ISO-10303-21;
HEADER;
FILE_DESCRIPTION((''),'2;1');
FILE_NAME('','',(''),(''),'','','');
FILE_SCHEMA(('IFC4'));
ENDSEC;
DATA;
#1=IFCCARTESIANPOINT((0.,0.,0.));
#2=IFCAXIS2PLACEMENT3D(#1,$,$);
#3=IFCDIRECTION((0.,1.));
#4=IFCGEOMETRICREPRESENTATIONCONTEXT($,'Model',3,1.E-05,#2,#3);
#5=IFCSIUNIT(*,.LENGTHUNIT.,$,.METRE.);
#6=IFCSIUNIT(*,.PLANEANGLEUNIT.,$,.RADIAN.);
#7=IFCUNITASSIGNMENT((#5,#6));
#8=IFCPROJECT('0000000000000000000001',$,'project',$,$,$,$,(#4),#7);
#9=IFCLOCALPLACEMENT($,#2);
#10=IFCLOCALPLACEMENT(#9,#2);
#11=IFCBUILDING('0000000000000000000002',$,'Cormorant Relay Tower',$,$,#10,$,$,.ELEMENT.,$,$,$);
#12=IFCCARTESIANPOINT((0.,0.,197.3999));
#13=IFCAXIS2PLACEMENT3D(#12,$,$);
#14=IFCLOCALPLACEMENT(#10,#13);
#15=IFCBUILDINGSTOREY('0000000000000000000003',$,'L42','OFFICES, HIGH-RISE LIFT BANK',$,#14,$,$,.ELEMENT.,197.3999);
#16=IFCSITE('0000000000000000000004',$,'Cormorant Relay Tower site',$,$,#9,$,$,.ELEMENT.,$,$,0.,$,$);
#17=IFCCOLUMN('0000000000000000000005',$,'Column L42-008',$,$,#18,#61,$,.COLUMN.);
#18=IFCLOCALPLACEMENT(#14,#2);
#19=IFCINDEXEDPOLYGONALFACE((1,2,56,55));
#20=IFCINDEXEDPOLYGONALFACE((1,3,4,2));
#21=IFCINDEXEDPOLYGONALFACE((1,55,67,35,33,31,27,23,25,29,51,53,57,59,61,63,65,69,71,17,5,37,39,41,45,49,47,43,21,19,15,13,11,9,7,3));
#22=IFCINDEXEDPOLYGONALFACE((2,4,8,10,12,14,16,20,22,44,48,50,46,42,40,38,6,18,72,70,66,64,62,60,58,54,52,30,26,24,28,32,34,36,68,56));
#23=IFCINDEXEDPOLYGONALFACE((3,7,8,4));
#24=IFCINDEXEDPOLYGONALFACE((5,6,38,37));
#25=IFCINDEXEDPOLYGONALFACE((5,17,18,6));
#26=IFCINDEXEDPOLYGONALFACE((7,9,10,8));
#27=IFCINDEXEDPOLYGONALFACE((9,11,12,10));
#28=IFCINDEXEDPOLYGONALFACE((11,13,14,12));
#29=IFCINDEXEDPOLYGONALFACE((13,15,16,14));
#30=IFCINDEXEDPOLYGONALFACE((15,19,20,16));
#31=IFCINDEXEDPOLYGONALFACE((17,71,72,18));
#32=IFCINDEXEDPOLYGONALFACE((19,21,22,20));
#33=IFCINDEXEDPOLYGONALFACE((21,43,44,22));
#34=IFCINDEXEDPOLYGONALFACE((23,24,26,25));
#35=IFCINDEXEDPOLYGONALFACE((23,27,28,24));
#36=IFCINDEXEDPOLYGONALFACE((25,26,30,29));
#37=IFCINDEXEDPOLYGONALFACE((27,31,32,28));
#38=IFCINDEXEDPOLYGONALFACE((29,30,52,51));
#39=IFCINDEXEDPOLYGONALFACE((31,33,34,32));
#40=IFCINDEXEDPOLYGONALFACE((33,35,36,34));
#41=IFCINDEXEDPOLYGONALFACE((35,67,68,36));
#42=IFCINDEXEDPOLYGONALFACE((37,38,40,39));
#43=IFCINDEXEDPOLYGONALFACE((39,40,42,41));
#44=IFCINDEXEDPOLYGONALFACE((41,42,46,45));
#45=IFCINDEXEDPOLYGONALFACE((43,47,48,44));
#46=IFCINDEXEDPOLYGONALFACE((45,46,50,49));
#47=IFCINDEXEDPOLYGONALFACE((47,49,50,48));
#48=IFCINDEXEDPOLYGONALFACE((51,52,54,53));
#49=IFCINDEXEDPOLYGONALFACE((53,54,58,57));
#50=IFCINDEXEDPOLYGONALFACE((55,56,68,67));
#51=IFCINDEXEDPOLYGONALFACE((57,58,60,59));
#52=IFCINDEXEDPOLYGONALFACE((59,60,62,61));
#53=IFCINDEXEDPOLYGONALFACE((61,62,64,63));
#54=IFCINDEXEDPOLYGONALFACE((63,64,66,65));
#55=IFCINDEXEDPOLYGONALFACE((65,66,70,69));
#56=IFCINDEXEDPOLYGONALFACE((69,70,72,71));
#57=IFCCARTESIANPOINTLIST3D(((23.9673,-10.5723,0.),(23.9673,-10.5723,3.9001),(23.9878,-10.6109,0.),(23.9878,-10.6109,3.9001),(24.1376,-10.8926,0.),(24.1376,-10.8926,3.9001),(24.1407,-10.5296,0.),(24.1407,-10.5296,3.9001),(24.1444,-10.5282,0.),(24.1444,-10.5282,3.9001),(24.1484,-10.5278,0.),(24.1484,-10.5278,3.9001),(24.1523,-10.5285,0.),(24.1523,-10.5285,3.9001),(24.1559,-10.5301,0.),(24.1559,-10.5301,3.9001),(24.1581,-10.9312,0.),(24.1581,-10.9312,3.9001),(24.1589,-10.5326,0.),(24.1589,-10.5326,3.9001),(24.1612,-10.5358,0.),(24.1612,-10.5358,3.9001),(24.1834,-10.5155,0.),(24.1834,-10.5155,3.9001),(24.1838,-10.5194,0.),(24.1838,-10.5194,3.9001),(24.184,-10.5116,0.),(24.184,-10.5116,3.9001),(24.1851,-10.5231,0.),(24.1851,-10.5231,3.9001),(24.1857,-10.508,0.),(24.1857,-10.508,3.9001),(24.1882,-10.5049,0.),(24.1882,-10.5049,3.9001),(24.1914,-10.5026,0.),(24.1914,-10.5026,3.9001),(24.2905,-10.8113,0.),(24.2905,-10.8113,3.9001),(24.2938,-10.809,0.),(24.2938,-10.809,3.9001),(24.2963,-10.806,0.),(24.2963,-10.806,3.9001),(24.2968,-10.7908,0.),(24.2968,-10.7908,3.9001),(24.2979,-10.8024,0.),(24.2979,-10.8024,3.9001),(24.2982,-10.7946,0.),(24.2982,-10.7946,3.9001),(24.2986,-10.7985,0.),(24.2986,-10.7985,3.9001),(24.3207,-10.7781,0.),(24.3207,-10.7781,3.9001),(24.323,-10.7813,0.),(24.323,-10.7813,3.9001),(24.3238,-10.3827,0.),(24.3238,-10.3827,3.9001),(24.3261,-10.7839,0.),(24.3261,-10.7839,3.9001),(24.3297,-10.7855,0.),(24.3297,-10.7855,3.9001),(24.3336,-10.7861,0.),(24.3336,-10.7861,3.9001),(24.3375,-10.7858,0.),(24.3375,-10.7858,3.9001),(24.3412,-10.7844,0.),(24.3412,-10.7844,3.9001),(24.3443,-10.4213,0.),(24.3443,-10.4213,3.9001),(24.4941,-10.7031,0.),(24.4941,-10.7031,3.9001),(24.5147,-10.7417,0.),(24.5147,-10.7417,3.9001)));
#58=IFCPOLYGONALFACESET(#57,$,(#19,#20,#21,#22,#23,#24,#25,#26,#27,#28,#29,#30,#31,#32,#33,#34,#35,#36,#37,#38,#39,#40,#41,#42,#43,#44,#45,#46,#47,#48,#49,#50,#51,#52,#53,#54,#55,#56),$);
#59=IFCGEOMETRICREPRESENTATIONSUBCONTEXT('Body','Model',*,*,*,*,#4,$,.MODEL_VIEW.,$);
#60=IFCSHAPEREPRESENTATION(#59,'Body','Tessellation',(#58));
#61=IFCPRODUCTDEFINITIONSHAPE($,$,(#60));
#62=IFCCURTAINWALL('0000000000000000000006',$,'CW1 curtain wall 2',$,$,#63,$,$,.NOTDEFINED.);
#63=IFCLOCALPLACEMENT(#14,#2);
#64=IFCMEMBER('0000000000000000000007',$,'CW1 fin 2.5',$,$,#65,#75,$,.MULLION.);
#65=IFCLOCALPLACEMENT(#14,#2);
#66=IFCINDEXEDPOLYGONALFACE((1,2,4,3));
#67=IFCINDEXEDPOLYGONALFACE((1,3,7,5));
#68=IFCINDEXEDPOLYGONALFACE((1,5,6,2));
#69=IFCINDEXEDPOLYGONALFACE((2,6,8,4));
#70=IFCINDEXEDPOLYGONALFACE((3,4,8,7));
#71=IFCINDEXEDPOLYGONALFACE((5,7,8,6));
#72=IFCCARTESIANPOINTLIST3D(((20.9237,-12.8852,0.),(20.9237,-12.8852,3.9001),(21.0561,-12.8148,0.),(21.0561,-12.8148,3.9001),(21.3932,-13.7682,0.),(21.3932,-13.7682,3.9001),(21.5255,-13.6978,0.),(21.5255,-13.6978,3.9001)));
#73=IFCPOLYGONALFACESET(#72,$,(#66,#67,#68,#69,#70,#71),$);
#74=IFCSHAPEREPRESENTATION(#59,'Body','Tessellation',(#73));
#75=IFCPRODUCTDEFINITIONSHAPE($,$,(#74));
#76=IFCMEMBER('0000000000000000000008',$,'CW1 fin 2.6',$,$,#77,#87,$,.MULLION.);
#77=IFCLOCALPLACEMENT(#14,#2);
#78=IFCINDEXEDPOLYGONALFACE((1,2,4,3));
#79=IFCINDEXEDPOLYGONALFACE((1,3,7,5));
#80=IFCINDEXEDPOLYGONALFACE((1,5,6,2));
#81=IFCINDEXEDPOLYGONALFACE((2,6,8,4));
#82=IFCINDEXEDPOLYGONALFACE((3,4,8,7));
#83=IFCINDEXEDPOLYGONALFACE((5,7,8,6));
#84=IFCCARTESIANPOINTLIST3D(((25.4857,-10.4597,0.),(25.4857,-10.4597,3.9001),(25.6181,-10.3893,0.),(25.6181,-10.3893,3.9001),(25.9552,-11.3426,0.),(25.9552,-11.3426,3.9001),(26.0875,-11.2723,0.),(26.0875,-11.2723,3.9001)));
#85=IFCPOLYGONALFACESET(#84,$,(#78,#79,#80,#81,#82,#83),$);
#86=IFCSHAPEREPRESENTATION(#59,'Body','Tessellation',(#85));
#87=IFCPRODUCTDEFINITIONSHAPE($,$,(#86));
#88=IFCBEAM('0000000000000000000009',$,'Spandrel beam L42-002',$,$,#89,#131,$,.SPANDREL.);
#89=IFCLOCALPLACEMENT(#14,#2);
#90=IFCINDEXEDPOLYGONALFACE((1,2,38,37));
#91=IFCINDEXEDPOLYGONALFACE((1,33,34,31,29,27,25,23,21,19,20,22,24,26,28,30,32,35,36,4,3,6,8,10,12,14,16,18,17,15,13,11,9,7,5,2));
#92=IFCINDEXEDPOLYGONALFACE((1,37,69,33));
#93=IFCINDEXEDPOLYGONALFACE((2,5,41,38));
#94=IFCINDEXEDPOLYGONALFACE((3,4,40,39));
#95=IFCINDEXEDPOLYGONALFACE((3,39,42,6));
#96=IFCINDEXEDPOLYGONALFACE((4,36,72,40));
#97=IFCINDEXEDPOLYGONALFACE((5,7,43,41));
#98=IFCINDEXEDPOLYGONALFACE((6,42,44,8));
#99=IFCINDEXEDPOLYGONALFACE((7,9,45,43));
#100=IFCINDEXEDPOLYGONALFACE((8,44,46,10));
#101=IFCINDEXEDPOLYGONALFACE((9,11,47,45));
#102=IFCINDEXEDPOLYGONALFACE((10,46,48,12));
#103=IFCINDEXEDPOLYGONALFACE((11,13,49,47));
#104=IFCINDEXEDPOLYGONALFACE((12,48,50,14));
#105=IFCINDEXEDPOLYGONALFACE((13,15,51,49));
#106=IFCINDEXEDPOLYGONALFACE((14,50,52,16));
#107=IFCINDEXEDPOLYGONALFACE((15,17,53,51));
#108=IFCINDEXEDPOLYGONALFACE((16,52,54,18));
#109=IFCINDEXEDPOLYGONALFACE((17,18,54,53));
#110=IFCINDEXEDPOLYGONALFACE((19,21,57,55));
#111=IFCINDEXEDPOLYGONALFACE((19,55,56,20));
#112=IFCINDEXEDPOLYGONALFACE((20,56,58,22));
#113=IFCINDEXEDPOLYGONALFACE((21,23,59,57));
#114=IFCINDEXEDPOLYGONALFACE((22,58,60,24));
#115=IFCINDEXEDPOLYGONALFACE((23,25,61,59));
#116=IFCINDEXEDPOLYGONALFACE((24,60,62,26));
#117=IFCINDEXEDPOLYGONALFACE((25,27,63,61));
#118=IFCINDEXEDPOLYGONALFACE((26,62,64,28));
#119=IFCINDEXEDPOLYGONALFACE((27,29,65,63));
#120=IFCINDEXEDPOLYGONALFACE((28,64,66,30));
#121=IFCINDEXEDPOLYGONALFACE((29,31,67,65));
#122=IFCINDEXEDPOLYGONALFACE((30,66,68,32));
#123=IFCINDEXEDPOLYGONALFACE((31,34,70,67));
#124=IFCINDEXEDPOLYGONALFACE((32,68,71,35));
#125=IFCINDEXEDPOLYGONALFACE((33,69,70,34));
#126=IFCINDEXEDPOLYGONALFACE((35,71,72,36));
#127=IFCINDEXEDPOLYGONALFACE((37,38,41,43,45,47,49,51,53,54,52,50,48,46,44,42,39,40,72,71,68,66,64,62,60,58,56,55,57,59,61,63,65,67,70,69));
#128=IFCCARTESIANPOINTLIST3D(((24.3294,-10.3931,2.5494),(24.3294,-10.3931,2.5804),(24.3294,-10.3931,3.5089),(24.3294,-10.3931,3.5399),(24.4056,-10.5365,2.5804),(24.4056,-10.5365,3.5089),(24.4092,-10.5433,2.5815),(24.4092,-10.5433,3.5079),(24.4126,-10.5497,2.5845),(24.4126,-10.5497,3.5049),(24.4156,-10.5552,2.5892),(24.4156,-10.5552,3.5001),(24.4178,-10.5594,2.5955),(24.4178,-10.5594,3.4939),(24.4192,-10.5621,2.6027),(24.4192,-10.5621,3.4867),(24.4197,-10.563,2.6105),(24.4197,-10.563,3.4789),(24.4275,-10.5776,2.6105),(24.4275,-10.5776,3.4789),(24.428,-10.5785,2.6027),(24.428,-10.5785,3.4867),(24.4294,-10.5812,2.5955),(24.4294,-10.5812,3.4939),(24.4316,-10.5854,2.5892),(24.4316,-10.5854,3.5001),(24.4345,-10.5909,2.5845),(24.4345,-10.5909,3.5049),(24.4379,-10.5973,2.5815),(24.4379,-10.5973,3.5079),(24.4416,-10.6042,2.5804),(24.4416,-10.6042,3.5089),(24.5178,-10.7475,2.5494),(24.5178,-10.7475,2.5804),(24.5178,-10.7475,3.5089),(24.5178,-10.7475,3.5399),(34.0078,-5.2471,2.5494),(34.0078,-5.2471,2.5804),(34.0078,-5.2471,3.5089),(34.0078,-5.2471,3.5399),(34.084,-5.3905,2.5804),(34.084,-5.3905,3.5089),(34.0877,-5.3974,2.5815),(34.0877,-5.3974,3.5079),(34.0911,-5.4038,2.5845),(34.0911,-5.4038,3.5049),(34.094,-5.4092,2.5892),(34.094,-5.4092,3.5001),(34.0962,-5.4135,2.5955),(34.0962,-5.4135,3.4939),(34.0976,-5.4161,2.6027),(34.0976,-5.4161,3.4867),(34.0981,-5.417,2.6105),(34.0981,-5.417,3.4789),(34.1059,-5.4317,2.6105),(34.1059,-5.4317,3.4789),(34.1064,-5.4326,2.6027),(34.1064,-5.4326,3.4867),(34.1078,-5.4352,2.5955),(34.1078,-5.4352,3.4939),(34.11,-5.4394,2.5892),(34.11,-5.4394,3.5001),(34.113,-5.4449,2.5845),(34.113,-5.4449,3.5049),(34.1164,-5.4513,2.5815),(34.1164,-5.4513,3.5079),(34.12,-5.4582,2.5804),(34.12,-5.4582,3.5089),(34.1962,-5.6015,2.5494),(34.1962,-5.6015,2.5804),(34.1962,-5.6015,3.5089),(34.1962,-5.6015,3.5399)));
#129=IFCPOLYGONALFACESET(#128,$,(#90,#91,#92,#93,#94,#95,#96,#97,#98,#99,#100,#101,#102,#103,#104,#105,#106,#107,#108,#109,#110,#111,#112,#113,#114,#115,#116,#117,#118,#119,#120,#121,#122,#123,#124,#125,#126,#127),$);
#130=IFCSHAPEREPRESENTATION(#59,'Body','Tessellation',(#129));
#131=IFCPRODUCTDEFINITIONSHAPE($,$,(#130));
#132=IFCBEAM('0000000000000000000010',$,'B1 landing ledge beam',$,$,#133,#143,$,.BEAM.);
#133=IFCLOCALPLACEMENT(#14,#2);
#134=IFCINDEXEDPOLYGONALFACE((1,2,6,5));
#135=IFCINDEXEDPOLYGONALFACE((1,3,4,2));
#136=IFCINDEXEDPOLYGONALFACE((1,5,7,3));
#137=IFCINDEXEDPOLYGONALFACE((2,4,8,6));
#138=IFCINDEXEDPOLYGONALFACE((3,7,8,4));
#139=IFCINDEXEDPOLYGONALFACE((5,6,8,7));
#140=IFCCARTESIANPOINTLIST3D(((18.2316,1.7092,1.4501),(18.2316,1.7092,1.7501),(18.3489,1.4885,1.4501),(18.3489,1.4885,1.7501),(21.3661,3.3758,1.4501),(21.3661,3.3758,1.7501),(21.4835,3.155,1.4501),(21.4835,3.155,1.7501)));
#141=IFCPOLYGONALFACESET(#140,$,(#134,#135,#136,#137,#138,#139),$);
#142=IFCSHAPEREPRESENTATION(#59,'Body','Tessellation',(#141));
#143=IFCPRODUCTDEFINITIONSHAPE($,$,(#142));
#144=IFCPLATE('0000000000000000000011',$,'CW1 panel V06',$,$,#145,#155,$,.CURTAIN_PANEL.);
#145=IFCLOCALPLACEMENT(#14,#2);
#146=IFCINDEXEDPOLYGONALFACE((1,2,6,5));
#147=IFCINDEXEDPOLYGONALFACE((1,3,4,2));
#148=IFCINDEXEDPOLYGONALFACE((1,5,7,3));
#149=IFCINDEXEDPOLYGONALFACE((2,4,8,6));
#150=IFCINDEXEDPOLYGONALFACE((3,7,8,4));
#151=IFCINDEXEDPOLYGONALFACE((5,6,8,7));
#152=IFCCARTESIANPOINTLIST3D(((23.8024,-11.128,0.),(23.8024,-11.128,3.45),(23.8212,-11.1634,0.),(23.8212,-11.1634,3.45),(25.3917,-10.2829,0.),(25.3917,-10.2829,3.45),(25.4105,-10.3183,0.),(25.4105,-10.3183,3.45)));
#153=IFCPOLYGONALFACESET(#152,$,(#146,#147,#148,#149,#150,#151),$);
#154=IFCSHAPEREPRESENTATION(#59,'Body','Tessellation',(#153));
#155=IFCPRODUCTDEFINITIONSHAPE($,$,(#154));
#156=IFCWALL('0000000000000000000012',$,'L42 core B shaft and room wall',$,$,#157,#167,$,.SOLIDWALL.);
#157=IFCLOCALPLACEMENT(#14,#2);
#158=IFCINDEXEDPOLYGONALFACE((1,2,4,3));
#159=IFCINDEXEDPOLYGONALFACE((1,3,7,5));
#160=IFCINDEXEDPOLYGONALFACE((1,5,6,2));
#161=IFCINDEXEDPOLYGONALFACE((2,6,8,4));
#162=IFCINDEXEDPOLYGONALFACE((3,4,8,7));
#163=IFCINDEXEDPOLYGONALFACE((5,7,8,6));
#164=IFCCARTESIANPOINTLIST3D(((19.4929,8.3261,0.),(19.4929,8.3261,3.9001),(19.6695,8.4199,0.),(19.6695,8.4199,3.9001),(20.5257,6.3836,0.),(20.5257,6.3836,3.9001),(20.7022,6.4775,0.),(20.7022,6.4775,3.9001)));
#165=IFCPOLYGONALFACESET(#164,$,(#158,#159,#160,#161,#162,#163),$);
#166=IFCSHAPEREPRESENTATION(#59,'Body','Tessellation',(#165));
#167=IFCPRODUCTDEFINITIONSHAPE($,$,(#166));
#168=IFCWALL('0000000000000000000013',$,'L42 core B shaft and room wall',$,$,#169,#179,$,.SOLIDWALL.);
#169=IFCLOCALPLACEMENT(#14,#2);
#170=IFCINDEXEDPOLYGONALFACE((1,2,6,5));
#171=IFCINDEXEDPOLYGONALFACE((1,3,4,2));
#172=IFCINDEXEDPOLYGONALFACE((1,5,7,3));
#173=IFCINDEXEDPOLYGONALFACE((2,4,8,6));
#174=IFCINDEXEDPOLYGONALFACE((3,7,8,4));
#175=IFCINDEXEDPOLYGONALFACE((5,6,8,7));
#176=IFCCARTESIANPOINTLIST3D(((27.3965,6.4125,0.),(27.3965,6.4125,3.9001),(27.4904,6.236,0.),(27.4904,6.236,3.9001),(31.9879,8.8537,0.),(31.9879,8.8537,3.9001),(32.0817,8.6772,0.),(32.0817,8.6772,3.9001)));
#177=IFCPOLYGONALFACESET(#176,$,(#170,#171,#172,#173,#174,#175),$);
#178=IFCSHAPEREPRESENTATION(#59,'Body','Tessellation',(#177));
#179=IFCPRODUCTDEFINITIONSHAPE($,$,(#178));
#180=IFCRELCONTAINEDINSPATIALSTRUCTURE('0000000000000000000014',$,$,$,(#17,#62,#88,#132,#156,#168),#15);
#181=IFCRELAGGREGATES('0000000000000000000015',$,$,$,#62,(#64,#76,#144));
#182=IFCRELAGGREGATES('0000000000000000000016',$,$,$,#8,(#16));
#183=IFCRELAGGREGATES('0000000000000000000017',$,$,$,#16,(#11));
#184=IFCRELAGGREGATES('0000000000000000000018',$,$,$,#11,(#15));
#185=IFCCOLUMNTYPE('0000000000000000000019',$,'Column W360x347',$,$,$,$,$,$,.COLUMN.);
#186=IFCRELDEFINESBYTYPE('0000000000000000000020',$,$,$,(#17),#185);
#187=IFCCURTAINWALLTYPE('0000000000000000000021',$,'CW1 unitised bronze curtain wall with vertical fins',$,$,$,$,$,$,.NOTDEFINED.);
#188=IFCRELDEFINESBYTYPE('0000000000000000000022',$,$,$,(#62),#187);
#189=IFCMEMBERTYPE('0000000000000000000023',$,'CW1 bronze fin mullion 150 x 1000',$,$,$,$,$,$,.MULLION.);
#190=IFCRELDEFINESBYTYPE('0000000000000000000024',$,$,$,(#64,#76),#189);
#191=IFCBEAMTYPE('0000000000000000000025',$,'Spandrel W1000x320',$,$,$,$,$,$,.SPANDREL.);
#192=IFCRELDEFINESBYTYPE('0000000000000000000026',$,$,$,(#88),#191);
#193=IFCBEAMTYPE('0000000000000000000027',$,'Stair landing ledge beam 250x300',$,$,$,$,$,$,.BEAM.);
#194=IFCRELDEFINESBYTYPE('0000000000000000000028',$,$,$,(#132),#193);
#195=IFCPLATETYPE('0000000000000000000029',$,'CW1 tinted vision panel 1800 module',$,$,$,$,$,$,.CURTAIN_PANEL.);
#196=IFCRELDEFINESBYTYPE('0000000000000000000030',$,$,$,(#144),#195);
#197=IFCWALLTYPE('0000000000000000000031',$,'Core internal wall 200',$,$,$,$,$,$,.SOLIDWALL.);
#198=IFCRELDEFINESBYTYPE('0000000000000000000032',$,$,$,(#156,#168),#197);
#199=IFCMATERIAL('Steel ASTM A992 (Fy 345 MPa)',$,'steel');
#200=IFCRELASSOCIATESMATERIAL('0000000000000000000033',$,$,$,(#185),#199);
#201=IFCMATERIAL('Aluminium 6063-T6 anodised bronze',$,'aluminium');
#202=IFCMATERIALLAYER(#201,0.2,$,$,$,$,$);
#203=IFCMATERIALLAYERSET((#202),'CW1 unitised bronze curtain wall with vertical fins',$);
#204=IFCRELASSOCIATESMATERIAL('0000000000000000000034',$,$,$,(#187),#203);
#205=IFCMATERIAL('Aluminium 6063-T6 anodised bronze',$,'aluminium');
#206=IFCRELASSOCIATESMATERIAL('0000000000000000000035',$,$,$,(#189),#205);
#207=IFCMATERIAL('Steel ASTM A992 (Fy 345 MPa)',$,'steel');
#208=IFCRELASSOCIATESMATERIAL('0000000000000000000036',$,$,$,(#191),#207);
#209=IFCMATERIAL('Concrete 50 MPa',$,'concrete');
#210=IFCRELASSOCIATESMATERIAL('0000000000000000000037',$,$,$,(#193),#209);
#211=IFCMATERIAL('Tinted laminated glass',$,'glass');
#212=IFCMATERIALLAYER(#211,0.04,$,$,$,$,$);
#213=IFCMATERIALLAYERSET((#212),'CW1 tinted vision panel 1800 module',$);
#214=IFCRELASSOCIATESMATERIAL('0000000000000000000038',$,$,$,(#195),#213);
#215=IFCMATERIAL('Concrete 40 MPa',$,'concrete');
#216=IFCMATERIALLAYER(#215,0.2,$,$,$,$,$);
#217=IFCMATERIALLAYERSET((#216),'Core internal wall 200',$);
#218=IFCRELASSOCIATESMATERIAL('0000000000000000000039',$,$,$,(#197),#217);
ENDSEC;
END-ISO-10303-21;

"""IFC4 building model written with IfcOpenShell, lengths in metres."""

from ifc_helpers import new_model, si_unit, direction, frame, frame_2d, origin, origin_2d, place, context, subcontext, project, spatial, rectangle, i_section, extrude, material, layer, layer_set, material_profile, profile_set, type_object, element, aggregate, save


model = new_model("IFC4")

# Units and contexts
model_context = context("Model", 3, precision=1e-05, world=origin(), true_north=direction((0.0, 1.0)))
body_context = subcontext(model_context, "Body", "Model", "MODEL_VIEW")
ifc_project = project(units=[si_unit("LENGTHUNIT", "METRE"), si_unit("PLANEANGLEUNIT", "RADIAN")], contexts=[model_context])

# Site, building, storey
site_placement = place(None, origin())
site = spatial("IfcSite", under=ifc_project, at=site_placement, Name="Cormorant Relay Tower site", CompositionType="ELEMENT", RefElevation=0.0)
building_placement = place(site_placement, origin())
building = spatial("IfcBuilding", under=site, at=building_placement, Name="Cormorant Relay Tower", CompositionType="ELEMENT")
storey_placement = place(building_placement, frame((0.0, 0.0, 197.3999)))
storey = spatial("IfcBuildingStorey", under=building, at=storey_placement, Name="L42", Description="OFFICES, HIGH-RISE LIFT BANK", CompositionType="ELEMENT", Elevation=197.3999)

# Column
ifc_material_1 = material(Name="Steel ASTM A992 (Fy 345 MPa)", Category="steel")
ifc_material_profile_1 = material_profile(ifc_material_1, i_section(OverallWidth=0.4038, OverallDepth=0.4065, WebThickness=0.0271, FlangeThickness=0.0437, FilletRadius=0.0151, at=origin_2d()), Name="W360x347")
ifc_profile_set_1 = profile_set([ifc_material_profile_1], Name="Steel ASTM A992 (Fy 345 MPa)")
column_type = type_object("IfcColumnType", Name="Column W360x347", PredefinedType="COLUMN", material=ifc_profile_set_1)
column_placement = place(storey_placement, frame((24.241, -10.657, 0.0), z_axis=(0.0, 0.0, 1.0), x_axis=(0.882948, 0.469472, 0.0)))
element("IfcColumn", 1, at=column_placement, inside=storey, type_object=column_type, Name="Column L42-008", PredefinedType="COLUMN", context=body_context, shape_type="SweptSolid", body=[
    extrude(i_section(OverallWidth=0.4038, OverallDepth=0.4065, WebThickness=0.0271, FlangeThickness=0.0437, FilletRadius=0.0151, at=origin_2d()), origin(), (0.0, 0.0, 1.0), 3.9001),
])

# Curtain wall, members
ifc_material_2 = material(Name="Aluminium 6063-T6 anodised bronze", Category="aluminium")
ifc_layer_1 = layer(ifc_material_2, 0.2)
ifc_layer_set_1 = layer_set([ifc_layer_1], Name="CW1 unitised bronze curtain wall with vertical fins")
curtain_wall_type = type_object("IfcCurtainWallType", Name="CW1 unitised bronze curtain wall with vertical fins", PredefinedType="NOTDEFINED", material=ifc_layer_set_1)
curtain_wall_placement = place(storey_placement, origin())
curtain_wall = element("IfcCurtainWall", 2, at=curtain_wall_placement, inside=storey, type_object=curtain_wall_type, Name="CW1 curtain wall 2", PredefinedType="NOTDEFINED")
ifc_material_3 = material(Name="Aluminium 6063-T6 anodised bronze", Category="aluminium")
ifc_material_profile_2 = material_profile(ifc_material_3, rectangle(XDim=0.1499, YDim=1.0, at=origin_2d()), Name="AL 150x1000")
ifc_profile_set_2 = profile_set([ifc_material_profile_2], Name="Aluminium 6063-T6 anodised bronze")
member_type = type_object("IfcMemberType", Name="CW1 bronze fin mullion 150 x 1000", PredefinedType="MULLION", material=ifc_profile_set_2)
member_1_placement = place(storey_placement, frame((21.2246, -13.2915, 0.0), z_axis=(0.0, 0.0, 1.0), x_axis=(0.882948, 0.469472, 0.0)))
member_1 = element("IfcMember", 3, at=member_1_placement, type_object=member_type, Name="CW1 fin 2.5", PredefinedType="MULLION", context=body_context, shape_type="SweptSolid", body=[
    extrude(rectangle(XDim=0.1499, YDim=1.0, at=origin_2d()), origin(), (0.0, 0.0, 1.0), 3.9001),
])
member_2_placement = place(storey_placement, frame((25.7866, -10.866, 0.0), z_axis=(0.0, 0.0, 1.0), x_axis=(0.882948, 0.469472, 0.0)))
member_2 = element("IfcMember", 4, at=member_2_placement, type_object=member_type, Name="CW1 fin 2.6", PredefinedType="MULLION", context=body_context, shape_type="SweptSolid", body=[
    extrude(rectangle(XDim=0.1499, YDim=1.0, at=origin_2d()), origin(), (0.0, 0.0, 1.0), 3.9001),
])

# Beams
ifc_material_4 = material(Name="Steel ASTM A992 (Fy 345 MPa)", Category="steel")
ifc_material_profile_3 = material_profile(ifc_material_4, i_section(OverallWidth=0.4014, OverallDepth=0.9905, WebThickness=0.0166, FlangeThickness=0.031, FilletRadius=0.03, at=origin_2d()), Name="W1000x320")
ifc_profile_set_3 = profile_set([ifc_material_profile_3], Name="Steel ASTM A992 (Fy 345 MPa)")
beam_type_1 = type_object("IfcBeamType", Name="Spandrel W1000x320", PredefinedType="SPANDREL", material=ifc_profile_set_3)
beam_1_placement = place(storey_placement, frame((24.4236, -10.5703, 3.0447), z_axis=(0.882953, 0.469462, 0.0), x_axis=(-0.469462, 0.882953, 0.0)))
element("IfcBeam", 5, at=beam_1_placement, inside=storey, type_object=beam_type_1, Name="Spandrel beam L42-002", PredefinedType="SPANDREL", context=body_context, shape_type="SweptSolid", body=[
    extrude(i_section(OverallWidth=0.4014, OverallDepth=0.9905, WebThickness=0.0166, FlangeThickness=0.031, FilletRadius=0.03, at=origin_2d()), origin(), (0.0, 0.0, 1.0), 10.9614),
])
ifc_material_5 = material(Name="Concrete 50 MPa", Category="concrete")
ifc_material_profile_4 = material_profile(ifc_material_5, rectangle(XDim=0.25, YDim=0.3, at=origin_2d()), Name="RC 250x300")
ifc_profile_set_4 = profile_set([ifc_material_profile_4], Name="Concrete 50 MPa")
beam_type_2 = type_object("IfcBeamType", Name="Stair landing ledge beam 250x300", PredefinedType="BEAM", material=ifc_profile_set_4)
beam_2_placement = place(storey_placement, frame((21.4248, 3.2654, 1.6001), z_axis=(-0.882965, -0.469438, 0.0), x_axis=(0.469438, -0.882965, 0.0)))
element("IfcBeam", 6, at=beam_2_placement, inside=storey, type_object=beam_type_2, Name="B1 landing ledge beam", PredefinedType="BEAM", context=body_context, shape_type="SweptSolid", body=[
    extrude(rectangle(XDim=0.25, YDim=0.3, at=origin_2d()), origin(), (0.0, 0.0, 1.0), 3.55),
])

# Plate
ifc_material_6 = material(Name="Tinted laminated glass", Category="glass")
ifc_layer_2 = layer(ifc_material_6, 0.04)
ifc_layer_set_2 = layer_set([ifc_layer_2], Name="CW1 tinted vision panel 1800 module")
plate_type = type_object("IfcPlateType", Name="CW1 tinted vision panel 1800 module", PredefinedType="CURTAIN_PANEL", material=ifc_layer_set_2)
plate_placement = place(storey_placement, frame((24.6064, -10.7231, 0.0), z_axis=(0.0, 0.0, 1.0), x_axis=(0.882948, 0.469472, 0.0)))
plate = element("IfcPlate", 7, at=plate_placement, type_object=plate_type, Name="CW1 panel V06", PredefinedType="CURTAIN_PANEL", context=body_context, shape_type="SweptSolid", body=[
    extrude(rectangle(XDim=1.8, YDim=0.04, at=origin_2d()), origin(), (0.0, 0.0, 1.0), 3.45),
])

# Walls
ifc_material_7 = material(Name="Concrete 40 MPa", Category="concrete")
ifc_layer_3 = layer(ifc_material_7, 0.2)
ifc_layer_set_3 = layer_set([ifc_layer_3], Name="Core internal wall 200")
wall_type_1 = type_object("IfcWallType", Name="Core internal wall 200", PredefinedType="SOLIDWALL", material=ifc_layer_set_3)
wall_1_placement = place(storey_placement, frame((20.614, 6.4304, 0.0), z_axis=(0.0, 0.0, 1.0), x_axis=(-0.469447, 0.88296, 0.0)))
element("IfcWall", 8, at=wall_1_placement, inside=storey, type_object=wall_type_1, Name="L42 core B shaft and room wall", PredefinedType="SOLIDWALL", context=body_context, shape_type="SweptSolid", body=[
    extrude(rectangle(XDim=2.2, YDim=0.2, at=frame_2d((1.1001, 0.0))), origin(), (0.0, 0.0, 1.0), 3.9001),
])
wall_2_placement = place(storey_placement, frame((27.4434, 6.3242, 0.0), z_axis=(0.0, 0.0, 1.0), x_axis=(0.882954, 0.46946, 0.0)))
element("IfcWall", 9, at=wall_2_placement, inside=storey, type_object=wall_type_1, Name="L42 core B shaft and room wall", PredefinedType="SOLIDWALL", context=body_context, shape_type="SweptSolid", body=[
    extrude(rectangle(XDim=5.2, YDim=0.2, at=frame_2d((2.6001, 0.0))), origin(), (0.0, 0.0, 1.0), 3.9001),
])

aggregate(curtain_wall, [member_1, member_2, plate])

save(model, "model.ifc")
